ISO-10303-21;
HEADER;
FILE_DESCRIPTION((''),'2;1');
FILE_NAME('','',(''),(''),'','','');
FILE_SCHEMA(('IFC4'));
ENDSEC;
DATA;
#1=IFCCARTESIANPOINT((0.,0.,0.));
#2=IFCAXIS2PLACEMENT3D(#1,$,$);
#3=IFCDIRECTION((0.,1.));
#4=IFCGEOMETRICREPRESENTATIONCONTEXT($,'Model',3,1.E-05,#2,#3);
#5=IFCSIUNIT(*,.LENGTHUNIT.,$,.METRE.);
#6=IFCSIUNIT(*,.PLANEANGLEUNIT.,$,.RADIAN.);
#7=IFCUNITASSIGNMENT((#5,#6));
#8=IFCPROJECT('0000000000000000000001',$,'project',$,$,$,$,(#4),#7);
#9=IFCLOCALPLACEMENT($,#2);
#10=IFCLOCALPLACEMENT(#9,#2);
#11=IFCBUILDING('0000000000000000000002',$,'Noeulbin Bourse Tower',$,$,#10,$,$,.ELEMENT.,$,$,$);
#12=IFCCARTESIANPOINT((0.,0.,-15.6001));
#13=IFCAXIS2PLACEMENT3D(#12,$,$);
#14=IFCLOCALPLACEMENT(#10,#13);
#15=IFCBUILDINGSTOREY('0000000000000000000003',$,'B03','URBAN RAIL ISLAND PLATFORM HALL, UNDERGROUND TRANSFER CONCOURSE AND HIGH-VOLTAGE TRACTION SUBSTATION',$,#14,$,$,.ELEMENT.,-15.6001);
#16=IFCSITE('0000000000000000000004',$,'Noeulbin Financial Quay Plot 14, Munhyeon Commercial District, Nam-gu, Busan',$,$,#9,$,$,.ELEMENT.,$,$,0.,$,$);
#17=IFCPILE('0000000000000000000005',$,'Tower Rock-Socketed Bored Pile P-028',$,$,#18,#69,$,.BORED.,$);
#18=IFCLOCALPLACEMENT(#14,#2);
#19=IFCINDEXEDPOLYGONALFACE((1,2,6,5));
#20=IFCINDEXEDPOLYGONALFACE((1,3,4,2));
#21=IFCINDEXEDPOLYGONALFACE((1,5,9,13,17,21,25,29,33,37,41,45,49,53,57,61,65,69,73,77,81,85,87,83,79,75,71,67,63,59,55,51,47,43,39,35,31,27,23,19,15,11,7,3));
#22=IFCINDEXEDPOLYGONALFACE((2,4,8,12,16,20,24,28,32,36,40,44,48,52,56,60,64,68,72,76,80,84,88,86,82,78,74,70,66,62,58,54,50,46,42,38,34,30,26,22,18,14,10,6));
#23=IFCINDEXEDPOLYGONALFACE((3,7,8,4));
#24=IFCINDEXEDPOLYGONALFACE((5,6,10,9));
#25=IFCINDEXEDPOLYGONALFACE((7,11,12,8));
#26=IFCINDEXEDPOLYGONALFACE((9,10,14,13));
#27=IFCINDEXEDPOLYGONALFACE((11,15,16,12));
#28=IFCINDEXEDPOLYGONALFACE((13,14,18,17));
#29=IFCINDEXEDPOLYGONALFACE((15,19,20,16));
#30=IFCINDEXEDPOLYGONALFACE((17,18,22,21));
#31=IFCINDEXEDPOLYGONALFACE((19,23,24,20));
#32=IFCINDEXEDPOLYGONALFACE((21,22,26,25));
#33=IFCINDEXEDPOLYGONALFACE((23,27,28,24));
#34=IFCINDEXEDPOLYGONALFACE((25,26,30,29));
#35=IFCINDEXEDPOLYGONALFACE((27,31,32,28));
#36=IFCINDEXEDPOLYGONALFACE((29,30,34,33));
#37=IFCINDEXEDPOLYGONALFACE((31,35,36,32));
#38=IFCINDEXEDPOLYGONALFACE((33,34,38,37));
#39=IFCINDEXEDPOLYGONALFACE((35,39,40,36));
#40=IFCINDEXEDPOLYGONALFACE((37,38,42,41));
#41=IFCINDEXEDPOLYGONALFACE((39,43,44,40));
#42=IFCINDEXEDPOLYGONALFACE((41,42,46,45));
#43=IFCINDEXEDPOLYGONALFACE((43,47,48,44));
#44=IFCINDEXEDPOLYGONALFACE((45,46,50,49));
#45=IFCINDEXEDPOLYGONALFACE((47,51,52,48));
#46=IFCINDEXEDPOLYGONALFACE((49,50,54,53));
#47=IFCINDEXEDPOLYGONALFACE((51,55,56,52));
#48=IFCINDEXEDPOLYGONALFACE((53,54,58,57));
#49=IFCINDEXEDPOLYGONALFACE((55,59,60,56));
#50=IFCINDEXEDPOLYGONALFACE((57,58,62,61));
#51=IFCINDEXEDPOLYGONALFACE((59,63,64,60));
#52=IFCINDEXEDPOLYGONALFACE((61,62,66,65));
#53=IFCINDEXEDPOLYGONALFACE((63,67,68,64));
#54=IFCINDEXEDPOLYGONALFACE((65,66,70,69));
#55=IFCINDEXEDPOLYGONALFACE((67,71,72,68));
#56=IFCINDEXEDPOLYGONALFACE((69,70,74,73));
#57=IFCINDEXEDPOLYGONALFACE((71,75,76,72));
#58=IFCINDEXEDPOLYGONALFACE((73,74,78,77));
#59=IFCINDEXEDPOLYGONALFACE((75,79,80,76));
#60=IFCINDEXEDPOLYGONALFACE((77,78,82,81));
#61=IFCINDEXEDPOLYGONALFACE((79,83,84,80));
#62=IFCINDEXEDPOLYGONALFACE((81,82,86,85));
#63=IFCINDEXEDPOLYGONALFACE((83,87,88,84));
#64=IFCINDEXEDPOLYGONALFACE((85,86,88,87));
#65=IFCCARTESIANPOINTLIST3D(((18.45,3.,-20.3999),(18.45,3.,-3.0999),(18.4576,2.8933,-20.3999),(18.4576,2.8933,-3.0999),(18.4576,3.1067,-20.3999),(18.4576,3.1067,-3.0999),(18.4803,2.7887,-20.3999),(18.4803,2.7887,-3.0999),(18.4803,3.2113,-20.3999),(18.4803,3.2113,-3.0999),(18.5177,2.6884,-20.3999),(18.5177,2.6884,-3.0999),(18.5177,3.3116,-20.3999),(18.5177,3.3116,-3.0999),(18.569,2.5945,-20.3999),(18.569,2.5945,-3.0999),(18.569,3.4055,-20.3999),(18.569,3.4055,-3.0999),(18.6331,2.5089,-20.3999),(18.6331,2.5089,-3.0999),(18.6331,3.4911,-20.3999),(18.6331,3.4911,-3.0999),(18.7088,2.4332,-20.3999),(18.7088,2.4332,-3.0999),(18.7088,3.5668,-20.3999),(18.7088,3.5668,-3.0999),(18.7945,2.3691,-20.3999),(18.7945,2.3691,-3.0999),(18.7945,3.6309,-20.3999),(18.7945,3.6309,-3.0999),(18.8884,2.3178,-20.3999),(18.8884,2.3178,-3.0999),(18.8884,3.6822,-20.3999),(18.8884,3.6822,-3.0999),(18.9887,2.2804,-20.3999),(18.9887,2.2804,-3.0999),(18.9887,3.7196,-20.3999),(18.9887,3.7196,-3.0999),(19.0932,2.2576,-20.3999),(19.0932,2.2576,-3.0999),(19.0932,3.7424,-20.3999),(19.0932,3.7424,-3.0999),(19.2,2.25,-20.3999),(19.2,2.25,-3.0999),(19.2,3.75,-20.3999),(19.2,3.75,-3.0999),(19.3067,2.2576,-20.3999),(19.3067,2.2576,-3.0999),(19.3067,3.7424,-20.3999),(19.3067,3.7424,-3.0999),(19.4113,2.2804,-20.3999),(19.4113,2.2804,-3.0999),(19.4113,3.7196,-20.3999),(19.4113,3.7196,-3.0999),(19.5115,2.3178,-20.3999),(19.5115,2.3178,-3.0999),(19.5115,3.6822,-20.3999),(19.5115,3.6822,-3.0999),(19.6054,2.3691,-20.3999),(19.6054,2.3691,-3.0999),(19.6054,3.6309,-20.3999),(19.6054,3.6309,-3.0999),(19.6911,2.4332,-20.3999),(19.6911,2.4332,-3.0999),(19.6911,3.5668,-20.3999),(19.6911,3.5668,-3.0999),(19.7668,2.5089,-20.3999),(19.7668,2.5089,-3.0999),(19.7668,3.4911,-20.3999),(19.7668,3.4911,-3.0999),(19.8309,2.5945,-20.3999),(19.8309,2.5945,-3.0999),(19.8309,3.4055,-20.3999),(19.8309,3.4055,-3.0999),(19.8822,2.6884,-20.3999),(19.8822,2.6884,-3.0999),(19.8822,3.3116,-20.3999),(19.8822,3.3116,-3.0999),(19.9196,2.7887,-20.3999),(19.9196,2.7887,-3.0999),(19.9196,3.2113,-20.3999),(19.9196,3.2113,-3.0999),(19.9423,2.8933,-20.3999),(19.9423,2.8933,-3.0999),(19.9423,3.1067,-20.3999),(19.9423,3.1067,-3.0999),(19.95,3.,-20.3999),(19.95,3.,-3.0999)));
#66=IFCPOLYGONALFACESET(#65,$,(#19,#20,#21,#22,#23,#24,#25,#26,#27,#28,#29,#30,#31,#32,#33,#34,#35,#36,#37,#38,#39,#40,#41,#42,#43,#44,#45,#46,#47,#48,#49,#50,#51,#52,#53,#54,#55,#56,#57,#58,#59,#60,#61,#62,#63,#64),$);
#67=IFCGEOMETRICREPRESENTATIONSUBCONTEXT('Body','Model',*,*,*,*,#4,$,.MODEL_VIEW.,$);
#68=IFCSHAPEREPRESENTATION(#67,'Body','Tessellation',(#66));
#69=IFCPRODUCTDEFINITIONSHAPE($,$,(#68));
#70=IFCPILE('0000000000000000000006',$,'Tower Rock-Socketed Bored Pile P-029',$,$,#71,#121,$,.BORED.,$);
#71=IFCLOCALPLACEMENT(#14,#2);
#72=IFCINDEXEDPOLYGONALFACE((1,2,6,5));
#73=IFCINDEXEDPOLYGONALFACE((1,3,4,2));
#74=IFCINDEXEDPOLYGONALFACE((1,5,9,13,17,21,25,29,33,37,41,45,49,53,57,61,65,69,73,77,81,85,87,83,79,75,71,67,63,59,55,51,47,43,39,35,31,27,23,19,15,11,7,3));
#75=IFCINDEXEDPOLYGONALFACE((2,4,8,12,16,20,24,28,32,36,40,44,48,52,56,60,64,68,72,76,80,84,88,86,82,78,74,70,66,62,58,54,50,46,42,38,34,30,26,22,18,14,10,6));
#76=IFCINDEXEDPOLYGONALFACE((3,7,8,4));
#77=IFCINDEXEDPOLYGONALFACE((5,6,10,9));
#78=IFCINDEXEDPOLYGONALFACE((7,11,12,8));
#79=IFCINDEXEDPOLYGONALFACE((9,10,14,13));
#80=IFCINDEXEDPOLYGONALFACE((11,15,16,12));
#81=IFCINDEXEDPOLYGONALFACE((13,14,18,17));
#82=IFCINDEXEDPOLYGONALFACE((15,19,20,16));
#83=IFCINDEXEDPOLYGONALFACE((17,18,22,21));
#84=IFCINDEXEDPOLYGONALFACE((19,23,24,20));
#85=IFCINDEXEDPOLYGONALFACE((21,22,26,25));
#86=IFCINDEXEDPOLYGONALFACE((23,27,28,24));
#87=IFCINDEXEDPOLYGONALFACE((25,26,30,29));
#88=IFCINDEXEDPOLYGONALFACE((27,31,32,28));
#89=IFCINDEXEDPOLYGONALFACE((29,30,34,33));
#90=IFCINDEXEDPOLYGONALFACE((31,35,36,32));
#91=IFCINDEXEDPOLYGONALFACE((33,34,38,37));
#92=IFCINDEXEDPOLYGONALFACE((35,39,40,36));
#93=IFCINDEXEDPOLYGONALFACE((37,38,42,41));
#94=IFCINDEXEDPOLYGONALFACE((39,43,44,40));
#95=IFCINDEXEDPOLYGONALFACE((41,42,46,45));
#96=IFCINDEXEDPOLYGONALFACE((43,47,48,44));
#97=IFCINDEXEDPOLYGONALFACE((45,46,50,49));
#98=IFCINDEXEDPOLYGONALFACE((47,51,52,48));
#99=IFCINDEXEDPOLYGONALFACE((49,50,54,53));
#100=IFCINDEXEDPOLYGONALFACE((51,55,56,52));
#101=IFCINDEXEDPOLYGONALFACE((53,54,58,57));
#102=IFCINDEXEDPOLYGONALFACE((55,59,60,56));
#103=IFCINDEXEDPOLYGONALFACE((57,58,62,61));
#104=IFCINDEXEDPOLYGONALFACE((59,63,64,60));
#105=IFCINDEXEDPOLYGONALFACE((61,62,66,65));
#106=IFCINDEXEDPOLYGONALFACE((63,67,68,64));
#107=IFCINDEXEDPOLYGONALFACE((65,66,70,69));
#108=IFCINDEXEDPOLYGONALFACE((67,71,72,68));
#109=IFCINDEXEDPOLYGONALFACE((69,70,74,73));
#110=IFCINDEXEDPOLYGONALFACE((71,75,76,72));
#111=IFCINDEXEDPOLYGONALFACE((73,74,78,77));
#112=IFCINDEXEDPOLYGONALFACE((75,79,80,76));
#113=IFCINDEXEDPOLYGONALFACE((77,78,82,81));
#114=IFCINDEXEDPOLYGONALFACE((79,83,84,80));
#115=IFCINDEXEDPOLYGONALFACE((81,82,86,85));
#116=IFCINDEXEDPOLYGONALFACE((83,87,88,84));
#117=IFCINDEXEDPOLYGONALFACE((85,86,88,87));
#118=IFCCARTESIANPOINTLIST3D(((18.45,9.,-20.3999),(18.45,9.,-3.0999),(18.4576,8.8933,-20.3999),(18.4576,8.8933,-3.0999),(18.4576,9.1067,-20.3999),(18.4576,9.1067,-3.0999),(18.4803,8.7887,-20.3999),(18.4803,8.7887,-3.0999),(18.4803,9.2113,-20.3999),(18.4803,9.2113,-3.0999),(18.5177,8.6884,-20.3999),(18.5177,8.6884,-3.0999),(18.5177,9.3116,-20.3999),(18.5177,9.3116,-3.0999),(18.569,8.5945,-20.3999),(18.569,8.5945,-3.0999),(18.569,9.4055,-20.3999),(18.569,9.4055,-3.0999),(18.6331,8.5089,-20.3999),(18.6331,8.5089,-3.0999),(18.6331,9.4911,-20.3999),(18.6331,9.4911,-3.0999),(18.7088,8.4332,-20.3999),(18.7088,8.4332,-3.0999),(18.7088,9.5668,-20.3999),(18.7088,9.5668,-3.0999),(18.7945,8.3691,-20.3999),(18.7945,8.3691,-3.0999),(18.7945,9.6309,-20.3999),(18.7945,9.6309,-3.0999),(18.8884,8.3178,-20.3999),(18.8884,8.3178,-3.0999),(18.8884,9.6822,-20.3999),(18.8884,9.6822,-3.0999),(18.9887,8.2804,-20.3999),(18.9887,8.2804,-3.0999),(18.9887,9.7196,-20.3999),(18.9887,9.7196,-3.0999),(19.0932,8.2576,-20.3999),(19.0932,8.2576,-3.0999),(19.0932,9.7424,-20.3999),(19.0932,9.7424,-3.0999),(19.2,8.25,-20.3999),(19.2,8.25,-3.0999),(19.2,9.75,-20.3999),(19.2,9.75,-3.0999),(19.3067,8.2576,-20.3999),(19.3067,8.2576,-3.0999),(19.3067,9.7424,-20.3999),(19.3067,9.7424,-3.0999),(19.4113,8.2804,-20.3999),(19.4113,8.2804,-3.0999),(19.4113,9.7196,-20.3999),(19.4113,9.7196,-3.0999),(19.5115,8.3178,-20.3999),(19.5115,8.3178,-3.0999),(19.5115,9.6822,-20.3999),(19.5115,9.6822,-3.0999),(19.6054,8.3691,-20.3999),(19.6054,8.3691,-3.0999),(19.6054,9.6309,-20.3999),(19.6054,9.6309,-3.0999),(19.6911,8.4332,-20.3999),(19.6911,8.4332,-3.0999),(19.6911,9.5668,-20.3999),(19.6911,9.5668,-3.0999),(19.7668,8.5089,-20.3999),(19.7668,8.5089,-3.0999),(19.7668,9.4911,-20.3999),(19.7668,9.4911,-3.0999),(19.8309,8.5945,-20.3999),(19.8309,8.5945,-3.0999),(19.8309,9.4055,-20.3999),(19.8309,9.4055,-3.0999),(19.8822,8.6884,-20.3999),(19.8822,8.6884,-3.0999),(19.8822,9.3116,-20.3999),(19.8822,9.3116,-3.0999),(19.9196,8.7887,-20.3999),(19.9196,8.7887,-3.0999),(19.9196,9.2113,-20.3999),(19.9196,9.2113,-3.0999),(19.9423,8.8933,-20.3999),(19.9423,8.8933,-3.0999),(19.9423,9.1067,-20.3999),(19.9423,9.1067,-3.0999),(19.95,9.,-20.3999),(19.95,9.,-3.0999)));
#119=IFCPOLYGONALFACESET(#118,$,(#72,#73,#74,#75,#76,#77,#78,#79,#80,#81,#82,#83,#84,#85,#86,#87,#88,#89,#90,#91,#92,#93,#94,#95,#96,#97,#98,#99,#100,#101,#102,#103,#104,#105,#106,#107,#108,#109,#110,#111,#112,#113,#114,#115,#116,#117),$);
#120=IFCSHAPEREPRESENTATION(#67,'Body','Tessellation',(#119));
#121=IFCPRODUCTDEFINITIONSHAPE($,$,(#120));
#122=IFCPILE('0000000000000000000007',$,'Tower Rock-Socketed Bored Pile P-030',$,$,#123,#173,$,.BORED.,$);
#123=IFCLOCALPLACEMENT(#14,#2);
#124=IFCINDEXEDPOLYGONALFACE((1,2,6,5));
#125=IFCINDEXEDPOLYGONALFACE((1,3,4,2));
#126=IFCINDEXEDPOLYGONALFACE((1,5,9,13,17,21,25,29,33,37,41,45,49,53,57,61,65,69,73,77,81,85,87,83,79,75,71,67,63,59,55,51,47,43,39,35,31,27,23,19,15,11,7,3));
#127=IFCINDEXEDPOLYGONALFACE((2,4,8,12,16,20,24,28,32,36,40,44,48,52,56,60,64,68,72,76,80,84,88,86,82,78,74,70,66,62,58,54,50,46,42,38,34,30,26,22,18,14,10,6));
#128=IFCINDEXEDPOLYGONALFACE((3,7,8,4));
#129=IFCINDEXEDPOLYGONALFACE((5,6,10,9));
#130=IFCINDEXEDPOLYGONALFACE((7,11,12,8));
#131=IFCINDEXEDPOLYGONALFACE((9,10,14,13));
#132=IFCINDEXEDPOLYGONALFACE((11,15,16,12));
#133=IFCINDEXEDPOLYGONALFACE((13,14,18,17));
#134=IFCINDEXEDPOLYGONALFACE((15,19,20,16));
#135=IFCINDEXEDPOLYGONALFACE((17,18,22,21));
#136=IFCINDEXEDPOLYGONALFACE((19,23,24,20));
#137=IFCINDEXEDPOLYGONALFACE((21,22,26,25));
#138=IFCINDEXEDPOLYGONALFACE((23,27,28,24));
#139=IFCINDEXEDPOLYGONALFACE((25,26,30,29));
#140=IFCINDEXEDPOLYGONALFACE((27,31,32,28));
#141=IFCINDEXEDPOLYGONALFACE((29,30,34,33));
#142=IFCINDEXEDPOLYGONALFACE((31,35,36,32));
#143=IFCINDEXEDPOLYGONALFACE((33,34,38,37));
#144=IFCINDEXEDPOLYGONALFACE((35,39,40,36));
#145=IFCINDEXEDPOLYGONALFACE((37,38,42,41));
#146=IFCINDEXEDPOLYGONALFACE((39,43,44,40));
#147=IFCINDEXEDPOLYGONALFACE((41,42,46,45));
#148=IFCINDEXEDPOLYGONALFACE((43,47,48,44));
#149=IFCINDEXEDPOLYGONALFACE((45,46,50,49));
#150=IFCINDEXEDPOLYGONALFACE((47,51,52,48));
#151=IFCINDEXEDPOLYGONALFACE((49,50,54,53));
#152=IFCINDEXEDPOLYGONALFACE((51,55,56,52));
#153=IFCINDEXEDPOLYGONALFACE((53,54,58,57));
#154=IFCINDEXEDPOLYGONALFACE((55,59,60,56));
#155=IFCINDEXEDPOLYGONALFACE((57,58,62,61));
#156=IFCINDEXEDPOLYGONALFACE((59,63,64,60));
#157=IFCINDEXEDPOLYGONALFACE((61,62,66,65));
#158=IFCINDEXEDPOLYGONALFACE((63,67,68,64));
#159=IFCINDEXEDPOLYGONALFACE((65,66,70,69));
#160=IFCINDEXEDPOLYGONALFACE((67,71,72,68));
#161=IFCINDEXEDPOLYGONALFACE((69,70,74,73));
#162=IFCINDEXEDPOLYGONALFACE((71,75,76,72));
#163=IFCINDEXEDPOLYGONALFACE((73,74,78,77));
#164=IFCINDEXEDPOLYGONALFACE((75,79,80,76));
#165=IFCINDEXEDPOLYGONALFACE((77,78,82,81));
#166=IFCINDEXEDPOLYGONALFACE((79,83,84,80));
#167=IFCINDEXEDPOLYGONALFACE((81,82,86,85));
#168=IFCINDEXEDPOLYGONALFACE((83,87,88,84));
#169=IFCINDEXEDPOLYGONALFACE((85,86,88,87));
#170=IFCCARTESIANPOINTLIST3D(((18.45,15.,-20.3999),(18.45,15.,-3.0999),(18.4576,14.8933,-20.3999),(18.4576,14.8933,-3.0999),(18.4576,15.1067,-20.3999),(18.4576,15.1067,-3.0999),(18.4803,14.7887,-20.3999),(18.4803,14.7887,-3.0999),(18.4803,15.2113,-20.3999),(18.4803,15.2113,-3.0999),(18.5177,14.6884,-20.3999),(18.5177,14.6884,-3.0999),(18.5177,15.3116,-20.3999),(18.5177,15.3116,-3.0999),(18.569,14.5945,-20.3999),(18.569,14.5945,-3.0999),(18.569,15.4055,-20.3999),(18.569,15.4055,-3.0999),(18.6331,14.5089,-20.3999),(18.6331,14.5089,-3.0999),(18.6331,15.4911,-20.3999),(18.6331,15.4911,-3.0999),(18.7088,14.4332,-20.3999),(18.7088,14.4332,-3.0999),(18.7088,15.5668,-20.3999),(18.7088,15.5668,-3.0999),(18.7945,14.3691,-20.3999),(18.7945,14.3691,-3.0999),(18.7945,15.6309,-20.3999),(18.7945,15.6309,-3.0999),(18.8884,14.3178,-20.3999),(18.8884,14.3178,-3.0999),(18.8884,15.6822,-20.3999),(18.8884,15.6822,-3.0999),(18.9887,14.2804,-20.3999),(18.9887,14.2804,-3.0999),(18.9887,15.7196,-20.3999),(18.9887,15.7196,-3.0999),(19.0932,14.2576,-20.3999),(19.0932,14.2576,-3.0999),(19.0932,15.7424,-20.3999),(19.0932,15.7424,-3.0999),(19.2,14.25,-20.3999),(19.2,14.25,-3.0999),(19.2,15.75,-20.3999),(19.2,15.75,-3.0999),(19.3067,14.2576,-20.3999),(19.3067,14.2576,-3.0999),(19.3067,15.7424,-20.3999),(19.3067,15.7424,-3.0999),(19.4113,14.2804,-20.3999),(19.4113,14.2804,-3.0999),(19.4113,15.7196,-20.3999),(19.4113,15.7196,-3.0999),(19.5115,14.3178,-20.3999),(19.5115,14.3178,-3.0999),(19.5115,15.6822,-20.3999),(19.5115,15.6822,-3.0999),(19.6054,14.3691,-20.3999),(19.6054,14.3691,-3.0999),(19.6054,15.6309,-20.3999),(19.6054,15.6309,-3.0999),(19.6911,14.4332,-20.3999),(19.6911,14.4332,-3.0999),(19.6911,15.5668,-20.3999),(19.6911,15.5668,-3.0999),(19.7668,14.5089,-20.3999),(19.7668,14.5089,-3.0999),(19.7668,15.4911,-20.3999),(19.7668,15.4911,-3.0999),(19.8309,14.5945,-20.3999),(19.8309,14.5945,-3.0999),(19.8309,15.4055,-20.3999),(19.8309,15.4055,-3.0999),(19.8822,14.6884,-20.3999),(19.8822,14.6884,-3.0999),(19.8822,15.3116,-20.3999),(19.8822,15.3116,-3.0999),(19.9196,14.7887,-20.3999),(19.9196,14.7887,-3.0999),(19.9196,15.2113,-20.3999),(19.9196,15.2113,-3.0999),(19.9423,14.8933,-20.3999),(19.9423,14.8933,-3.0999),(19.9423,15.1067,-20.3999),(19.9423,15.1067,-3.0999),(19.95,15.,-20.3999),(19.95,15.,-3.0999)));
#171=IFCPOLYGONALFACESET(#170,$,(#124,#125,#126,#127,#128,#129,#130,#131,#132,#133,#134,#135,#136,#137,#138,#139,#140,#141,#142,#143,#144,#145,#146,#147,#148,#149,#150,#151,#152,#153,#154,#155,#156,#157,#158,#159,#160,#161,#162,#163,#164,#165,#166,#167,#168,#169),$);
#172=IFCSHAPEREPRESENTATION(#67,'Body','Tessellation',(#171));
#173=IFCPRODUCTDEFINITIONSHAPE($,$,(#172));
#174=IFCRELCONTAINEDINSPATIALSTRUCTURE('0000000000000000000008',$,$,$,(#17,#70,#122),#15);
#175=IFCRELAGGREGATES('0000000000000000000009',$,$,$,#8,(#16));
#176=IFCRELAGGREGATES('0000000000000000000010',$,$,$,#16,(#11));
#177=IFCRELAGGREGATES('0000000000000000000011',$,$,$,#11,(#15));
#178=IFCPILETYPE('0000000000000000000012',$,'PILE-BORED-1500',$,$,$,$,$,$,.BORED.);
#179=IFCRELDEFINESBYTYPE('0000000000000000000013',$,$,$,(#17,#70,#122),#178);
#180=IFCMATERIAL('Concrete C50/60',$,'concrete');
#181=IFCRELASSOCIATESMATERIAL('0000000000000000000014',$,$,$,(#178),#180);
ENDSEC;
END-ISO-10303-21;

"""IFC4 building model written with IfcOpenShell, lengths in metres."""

from ifc_helpers import new_model, si_unit, direction, frame, origin, origin_2d, place, context, subcontext, project, spatial, circle, extrude, material, material_profile, profile_set, type_object, element, save


model = new_model("IFC4")

# Units and contexts
model_context = context("Model", 3, precision=1e-05, world=origin(), true_north=direction((0.0, 1.0)))
body_context = subcontext(model_context, "Body", "Model", "MODEL_VIEW")
ifc_project = project(units=[si_unit("LENGTHUNIT", "METRE"), si_unit("PLANEANGLEUNIT", "RADIAN")], contexts=[model_context])

# Site, building, storey
site_placement = place(None, origin())
site = spatial("IfcSite", under=ifc_project, at=site_placement, Name="Noeulbin Financial Quay Plot 14, Munhyeon Commercial District, Nam-gu, Busan", CompositionType="ELEMENT", RefElevation=0.0)
building_placement = place(site_placement, origin())
building = spatial("IfcBuilding", under=site, at=building_placement, Name="Noeulbin Bourse Tower", CompositionType="ELEMENT")
storey_placement = place(building_placement, frame((0.0, 0.0, -15.6001)))
storey = spatial("IfcBuildingStorey", under=building, at=storey_placement, Name="B03", Description="URBAN RAIL ISLAND PLATFORM HALL, UNDERGROUND TRANSFER CONCOURSE AND HIGH-VOLTAGE TRACTION SUBSTATION", CompositionType="ELEMENT", Elevation=-15.6001)

# Piles
ifc_material_1 = material(Name="Concrete C50/60", Category="concrete")
ifc_material_profile_1 = material_profile(ifc_material_1, circle(Radius=0.75, at=origin_2d()), Name="PILE-D1500", Category="LoadBearing")
ifc_profile_set_1 = profile_set([ifc_material_profile_1], Name="Concrete C50/60")
pile_type = type_object("IfcPileType", Name="PILE-BORED-1500", PredefinedType="BORED", material=ifc_profile_set_1)
for number, where, z_axis, x_axis, name in (
    (1, (19.2, 3.0, -3.0999), (0.0, 0.0, -1.0), (1.0, 0.0, 0.0), "Tower Rock-Socketed Bored Pile P-028"),
    (2, (19.2, 9.0, -3.0999), (0.0, 0.0, -1.0), (1.0, 0.0, 0.0), "Tower Rock-Socketed Bored Pile P-029"),
    (3, (19.2, 15.0, -3.0999), (0.0, 0.0, -1.0), (1.0, 0.0, 0.0), "Tower Rock-Socketed Bored Pile P-030"),
):
    element("IfcPile", number, at=place(storey_placement, frame(where, z_axis=z_axis, x_axis=x_axis)), inside=storey, type_object=pile_type, Name=name, PredefinedType="BORED", context=body_context, shape_type="SweptSolid", body=[
        extrude(circle(Radius=0.75, at=origin_2d()), origin(), (0.0, 0.0, 1.0), 17.3),
    ])

save(model, "model.ifc")
